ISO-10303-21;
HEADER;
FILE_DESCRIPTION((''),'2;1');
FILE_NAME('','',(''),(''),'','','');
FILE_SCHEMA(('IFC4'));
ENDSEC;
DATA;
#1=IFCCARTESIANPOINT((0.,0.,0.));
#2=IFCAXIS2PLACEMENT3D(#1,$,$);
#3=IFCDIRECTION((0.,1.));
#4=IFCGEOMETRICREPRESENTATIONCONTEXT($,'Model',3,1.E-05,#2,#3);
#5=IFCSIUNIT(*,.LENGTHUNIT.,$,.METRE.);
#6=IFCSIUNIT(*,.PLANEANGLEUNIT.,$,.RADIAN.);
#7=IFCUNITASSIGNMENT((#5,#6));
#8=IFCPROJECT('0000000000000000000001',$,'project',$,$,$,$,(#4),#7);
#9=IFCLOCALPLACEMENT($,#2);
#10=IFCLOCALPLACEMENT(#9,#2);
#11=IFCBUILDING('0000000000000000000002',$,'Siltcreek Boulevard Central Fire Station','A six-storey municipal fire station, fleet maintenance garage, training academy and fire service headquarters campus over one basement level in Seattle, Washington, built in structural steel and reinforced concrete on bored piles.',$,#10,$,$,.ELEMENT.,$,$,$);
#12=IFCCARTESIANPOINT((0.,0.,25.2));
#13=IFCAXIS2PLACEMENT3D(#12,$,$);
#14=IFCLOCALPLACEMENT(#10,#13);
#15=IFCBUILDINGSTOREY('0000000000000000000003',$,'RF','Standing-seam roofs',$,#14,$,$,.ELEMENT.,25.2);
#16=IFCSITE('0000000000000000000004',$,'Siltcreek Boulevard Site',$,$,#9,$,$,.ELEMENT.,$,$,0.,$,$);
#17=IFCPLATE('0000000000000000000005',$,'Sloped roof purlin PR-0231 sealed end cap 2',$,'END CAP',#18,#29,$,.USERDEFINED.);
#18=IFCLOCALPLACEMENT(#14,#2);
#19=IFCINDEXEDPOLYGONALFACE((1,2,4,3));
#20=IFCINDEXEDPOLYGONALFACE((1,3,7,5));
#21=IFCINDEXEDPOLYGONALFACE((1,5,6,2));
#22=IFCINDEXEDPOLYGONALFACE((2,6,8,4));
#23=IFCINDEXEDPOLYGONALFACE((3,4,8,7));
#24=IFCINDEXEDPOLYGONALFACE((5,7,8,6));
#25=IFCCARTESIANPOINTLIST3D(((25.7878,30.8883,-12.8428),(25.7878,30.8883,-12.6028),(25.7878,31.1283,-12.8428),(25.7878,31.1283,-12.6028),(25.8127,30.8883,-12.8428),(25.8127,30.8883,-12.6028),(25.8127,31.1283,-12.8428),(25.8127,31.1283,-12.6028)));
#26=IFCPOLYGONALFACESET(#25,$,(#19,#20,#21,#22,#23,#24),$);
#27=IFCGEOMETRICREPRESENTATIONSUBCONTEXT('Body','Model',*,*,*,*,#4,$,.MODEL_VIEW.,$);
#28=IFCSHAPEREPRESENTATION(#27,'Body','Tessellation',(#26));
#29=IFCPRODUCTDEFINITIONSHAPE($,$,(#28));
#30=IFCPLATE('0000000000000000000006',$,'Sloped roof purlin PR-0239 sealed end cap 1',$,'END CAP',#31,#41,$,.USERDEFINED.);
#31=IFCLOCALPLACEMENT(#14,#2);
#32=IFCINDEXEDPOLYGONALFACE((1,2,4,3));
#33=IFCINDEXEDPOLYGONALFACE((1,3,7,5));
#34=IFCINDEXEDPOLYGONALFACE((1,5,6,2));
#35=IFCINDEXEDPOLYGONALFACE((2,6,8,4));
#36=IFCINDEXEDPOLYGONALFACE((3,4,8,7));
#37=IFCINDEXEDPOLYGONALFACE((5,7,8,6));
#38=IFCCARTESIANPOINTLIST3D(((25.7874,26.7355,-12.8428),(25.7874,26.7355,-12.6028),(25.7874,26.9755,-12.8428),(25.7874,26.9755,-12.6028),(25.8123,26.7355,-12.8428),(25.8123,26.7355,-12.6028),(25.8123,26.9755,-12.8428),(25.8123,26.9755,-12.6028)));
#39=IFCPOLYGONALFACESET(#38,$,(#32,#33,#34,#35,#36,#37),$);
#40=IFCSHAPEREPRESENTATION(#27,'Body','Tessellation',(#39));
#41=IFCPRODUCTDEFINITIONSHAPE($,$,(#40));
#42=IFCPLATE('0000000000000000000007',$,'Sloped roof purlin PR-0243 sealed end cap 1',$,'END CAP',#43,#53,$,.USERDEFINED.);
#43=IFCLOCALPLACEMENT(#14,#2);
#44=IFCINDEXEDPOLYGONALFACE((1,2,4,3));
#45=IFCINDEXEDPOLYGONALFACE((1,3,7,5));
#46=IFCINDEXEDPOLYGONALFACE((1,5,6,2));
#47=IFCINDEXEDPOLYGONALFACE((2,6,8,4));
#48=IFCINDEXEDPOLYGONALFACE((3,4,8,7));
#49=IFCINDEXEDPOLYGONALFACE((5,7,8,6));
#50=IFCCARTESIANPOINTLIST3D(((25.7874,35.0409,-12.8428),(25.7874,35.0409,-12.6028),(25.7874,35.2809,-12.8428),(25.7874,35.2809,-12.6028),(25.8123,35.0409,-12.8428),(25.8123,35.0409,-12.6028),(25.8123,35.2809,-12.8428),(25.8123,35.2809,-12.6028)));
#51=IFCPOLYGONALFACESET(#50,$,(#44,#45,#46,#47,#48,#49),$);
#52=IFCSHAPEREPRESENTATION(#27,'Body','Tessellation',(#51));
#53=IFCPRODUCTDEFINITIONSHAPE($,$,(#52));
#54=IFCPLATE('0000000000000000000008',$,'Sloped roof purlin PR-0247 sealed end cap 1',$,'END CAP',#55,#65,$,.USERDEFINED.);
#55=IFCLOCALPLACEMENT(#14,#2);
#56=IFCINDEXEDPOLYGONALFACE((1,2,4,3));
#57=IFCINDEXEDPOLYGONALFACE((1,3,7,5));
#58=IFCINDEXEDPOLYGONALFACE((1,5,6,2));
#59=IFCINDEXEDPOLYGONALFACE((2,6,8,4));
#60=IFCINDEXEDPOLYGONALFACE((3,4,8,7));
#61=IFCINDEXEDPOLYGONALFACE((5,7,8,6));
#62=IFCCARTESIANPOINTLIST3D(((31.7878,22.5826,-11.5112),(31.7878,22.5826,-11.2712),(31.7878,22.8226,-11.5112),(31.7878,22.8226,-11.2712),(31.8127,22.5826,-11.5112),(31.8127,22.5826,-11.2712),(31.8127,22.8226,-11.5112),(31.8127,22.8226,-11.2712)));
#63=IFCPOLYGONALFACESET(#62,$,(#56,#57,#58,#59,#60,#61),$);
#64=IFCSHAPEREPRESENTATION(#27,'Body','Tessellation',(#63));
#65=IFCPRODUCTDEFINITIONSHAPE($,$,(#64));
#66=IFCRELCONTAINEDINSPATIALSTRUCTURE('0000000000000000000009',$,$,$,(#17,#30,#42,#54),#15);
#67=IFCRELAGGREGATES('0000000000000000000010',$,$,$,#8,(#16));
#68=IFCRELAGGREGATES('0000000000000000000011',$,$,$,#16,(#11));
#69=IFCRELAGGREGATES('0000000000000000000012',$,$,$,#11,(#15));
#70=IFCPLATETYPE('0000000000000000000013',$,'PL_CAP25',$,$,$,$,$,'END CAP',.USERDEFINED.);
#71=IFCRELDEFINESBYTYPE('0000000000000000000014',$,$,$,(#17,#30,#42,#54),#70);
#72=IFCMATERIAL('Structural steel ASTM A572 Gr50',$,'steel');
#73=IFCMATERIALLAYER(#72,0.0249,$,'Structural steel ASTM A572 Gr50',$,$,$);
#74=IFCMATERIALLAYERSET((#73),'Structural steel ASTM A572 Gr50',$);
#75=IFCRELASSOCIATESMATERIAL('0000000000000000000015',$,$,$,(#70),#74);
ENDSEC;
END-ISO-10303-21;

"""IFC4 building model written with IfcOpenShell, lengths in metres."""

from ifc_helpers import new_model, si_unit, direction, frame, origin, origin_2d, place, context, subcontext, project, spatial, rectangle, extrude, material, layer, layer_set, type_object, element, save


model = new_model("IFC4")

# Units and contexts
model_context = context("Model", 3, precision=1e-05, world=origin(), true_north=direction((0.0, 1.0)))
body_context = subcontext(model_context, "Body", "Model", "MODEL_VIEW")
ifc_project = project(units=[si_unit("LENGTHUNIT", "METRE"), si_unit("PLANEANGLEUNIT", "RADIAN")], contexts=[model_context])

# Site, building, storey
site_placement = place(None, origin())
site = spatial("IfcSite", under=ifc_project, at=site_placement, Name="Siltcreek Boulevard Site", CompositionType="ELEMENT", RefElevation=0.0)
building_placement = place(site_placement, origin())
building = spatial("IfcBuilding", under=site, at=building_placement, Name="Siltcreek Boulevard Central Fire Station", Description="A six-storey municipal fire station, fleet maintenance garage, training academy and fire service headquarters campus over one basement level in Seattle, Washington, built in structural steel and reinforced concrete on bored piles.", CompositionType="ELEMENT")
storey_placement = place(building_placement, frame((0.0, 0.0, 25.2)))
storey = spatial("IfcBuildingStorey", under=building, at=storey_placement, Name="RF", Description="Standing-seam roofs", CompositionType="ELEMENT", Elevation=25.2)

# Plates
ifc_material_1 = material(Name="Structural steel ASTM A572 Gr50", Category="steel")
ifc_layer = layer(ifc_material_1, 0.0249, Name="Structural steel ASTM A572 Gr50")
ifc_layer_set = layer_set([ifc_layer], Name="Structural steel ASTM A572 Gr50")
plate_type = type_object("IfcPlateType", Name="PL_CAP25", ElementType="END CAP", PredefinedType="USERDEFINED", material=ifc_layer_set)
for number, where, z_axis, x_axis, name in (
    (1, (25.8003, 31.0083, -12.8428), (0.0, 0.0, 1.0), (1.0, 0.0, 0.0), "Sloped roof purlin PR-0231 sealed end cap 2"),
    (2, (25.7998, 26.8555, -12.8428), (0.0, 0.0, 1.0), (1.0, 0.0, 0.0), "Sloped roof purlin PR-0239 sealed end cap 1"),
    (3, (25.7998, 35.1609, -12.8428), (0.0, 0.0, 1.0), (1.0, 0.0, 0.0), "Sloped roof purlin PR-0243 sealed end cap 1"),
    (4, (31.8003, 22.7026, -11.5112), (0.0, 0.0, 1.0), (1.0, 0.0, 0.0), "Sloped roof purlin PR-0247 sealed end cap 1"),
):
    element("IfcPlate", number, at=place(storey_placement, frame(where, z_axis=z_axis, x_axis=x_axis)), inside=storey, type_object=plate_type, Name=name, ObjectType="END CAP", PredefinedType="USERDEFINED", context=body_context, shape_type="SweptSolid", body=[
        extrude(rectangle(XDim=0.0249, YDim=0.24, at=origin_2d()), origin(), (0.0, 0.0, 1.0), 0.24),
    ])

save(model, "model.ifc")
